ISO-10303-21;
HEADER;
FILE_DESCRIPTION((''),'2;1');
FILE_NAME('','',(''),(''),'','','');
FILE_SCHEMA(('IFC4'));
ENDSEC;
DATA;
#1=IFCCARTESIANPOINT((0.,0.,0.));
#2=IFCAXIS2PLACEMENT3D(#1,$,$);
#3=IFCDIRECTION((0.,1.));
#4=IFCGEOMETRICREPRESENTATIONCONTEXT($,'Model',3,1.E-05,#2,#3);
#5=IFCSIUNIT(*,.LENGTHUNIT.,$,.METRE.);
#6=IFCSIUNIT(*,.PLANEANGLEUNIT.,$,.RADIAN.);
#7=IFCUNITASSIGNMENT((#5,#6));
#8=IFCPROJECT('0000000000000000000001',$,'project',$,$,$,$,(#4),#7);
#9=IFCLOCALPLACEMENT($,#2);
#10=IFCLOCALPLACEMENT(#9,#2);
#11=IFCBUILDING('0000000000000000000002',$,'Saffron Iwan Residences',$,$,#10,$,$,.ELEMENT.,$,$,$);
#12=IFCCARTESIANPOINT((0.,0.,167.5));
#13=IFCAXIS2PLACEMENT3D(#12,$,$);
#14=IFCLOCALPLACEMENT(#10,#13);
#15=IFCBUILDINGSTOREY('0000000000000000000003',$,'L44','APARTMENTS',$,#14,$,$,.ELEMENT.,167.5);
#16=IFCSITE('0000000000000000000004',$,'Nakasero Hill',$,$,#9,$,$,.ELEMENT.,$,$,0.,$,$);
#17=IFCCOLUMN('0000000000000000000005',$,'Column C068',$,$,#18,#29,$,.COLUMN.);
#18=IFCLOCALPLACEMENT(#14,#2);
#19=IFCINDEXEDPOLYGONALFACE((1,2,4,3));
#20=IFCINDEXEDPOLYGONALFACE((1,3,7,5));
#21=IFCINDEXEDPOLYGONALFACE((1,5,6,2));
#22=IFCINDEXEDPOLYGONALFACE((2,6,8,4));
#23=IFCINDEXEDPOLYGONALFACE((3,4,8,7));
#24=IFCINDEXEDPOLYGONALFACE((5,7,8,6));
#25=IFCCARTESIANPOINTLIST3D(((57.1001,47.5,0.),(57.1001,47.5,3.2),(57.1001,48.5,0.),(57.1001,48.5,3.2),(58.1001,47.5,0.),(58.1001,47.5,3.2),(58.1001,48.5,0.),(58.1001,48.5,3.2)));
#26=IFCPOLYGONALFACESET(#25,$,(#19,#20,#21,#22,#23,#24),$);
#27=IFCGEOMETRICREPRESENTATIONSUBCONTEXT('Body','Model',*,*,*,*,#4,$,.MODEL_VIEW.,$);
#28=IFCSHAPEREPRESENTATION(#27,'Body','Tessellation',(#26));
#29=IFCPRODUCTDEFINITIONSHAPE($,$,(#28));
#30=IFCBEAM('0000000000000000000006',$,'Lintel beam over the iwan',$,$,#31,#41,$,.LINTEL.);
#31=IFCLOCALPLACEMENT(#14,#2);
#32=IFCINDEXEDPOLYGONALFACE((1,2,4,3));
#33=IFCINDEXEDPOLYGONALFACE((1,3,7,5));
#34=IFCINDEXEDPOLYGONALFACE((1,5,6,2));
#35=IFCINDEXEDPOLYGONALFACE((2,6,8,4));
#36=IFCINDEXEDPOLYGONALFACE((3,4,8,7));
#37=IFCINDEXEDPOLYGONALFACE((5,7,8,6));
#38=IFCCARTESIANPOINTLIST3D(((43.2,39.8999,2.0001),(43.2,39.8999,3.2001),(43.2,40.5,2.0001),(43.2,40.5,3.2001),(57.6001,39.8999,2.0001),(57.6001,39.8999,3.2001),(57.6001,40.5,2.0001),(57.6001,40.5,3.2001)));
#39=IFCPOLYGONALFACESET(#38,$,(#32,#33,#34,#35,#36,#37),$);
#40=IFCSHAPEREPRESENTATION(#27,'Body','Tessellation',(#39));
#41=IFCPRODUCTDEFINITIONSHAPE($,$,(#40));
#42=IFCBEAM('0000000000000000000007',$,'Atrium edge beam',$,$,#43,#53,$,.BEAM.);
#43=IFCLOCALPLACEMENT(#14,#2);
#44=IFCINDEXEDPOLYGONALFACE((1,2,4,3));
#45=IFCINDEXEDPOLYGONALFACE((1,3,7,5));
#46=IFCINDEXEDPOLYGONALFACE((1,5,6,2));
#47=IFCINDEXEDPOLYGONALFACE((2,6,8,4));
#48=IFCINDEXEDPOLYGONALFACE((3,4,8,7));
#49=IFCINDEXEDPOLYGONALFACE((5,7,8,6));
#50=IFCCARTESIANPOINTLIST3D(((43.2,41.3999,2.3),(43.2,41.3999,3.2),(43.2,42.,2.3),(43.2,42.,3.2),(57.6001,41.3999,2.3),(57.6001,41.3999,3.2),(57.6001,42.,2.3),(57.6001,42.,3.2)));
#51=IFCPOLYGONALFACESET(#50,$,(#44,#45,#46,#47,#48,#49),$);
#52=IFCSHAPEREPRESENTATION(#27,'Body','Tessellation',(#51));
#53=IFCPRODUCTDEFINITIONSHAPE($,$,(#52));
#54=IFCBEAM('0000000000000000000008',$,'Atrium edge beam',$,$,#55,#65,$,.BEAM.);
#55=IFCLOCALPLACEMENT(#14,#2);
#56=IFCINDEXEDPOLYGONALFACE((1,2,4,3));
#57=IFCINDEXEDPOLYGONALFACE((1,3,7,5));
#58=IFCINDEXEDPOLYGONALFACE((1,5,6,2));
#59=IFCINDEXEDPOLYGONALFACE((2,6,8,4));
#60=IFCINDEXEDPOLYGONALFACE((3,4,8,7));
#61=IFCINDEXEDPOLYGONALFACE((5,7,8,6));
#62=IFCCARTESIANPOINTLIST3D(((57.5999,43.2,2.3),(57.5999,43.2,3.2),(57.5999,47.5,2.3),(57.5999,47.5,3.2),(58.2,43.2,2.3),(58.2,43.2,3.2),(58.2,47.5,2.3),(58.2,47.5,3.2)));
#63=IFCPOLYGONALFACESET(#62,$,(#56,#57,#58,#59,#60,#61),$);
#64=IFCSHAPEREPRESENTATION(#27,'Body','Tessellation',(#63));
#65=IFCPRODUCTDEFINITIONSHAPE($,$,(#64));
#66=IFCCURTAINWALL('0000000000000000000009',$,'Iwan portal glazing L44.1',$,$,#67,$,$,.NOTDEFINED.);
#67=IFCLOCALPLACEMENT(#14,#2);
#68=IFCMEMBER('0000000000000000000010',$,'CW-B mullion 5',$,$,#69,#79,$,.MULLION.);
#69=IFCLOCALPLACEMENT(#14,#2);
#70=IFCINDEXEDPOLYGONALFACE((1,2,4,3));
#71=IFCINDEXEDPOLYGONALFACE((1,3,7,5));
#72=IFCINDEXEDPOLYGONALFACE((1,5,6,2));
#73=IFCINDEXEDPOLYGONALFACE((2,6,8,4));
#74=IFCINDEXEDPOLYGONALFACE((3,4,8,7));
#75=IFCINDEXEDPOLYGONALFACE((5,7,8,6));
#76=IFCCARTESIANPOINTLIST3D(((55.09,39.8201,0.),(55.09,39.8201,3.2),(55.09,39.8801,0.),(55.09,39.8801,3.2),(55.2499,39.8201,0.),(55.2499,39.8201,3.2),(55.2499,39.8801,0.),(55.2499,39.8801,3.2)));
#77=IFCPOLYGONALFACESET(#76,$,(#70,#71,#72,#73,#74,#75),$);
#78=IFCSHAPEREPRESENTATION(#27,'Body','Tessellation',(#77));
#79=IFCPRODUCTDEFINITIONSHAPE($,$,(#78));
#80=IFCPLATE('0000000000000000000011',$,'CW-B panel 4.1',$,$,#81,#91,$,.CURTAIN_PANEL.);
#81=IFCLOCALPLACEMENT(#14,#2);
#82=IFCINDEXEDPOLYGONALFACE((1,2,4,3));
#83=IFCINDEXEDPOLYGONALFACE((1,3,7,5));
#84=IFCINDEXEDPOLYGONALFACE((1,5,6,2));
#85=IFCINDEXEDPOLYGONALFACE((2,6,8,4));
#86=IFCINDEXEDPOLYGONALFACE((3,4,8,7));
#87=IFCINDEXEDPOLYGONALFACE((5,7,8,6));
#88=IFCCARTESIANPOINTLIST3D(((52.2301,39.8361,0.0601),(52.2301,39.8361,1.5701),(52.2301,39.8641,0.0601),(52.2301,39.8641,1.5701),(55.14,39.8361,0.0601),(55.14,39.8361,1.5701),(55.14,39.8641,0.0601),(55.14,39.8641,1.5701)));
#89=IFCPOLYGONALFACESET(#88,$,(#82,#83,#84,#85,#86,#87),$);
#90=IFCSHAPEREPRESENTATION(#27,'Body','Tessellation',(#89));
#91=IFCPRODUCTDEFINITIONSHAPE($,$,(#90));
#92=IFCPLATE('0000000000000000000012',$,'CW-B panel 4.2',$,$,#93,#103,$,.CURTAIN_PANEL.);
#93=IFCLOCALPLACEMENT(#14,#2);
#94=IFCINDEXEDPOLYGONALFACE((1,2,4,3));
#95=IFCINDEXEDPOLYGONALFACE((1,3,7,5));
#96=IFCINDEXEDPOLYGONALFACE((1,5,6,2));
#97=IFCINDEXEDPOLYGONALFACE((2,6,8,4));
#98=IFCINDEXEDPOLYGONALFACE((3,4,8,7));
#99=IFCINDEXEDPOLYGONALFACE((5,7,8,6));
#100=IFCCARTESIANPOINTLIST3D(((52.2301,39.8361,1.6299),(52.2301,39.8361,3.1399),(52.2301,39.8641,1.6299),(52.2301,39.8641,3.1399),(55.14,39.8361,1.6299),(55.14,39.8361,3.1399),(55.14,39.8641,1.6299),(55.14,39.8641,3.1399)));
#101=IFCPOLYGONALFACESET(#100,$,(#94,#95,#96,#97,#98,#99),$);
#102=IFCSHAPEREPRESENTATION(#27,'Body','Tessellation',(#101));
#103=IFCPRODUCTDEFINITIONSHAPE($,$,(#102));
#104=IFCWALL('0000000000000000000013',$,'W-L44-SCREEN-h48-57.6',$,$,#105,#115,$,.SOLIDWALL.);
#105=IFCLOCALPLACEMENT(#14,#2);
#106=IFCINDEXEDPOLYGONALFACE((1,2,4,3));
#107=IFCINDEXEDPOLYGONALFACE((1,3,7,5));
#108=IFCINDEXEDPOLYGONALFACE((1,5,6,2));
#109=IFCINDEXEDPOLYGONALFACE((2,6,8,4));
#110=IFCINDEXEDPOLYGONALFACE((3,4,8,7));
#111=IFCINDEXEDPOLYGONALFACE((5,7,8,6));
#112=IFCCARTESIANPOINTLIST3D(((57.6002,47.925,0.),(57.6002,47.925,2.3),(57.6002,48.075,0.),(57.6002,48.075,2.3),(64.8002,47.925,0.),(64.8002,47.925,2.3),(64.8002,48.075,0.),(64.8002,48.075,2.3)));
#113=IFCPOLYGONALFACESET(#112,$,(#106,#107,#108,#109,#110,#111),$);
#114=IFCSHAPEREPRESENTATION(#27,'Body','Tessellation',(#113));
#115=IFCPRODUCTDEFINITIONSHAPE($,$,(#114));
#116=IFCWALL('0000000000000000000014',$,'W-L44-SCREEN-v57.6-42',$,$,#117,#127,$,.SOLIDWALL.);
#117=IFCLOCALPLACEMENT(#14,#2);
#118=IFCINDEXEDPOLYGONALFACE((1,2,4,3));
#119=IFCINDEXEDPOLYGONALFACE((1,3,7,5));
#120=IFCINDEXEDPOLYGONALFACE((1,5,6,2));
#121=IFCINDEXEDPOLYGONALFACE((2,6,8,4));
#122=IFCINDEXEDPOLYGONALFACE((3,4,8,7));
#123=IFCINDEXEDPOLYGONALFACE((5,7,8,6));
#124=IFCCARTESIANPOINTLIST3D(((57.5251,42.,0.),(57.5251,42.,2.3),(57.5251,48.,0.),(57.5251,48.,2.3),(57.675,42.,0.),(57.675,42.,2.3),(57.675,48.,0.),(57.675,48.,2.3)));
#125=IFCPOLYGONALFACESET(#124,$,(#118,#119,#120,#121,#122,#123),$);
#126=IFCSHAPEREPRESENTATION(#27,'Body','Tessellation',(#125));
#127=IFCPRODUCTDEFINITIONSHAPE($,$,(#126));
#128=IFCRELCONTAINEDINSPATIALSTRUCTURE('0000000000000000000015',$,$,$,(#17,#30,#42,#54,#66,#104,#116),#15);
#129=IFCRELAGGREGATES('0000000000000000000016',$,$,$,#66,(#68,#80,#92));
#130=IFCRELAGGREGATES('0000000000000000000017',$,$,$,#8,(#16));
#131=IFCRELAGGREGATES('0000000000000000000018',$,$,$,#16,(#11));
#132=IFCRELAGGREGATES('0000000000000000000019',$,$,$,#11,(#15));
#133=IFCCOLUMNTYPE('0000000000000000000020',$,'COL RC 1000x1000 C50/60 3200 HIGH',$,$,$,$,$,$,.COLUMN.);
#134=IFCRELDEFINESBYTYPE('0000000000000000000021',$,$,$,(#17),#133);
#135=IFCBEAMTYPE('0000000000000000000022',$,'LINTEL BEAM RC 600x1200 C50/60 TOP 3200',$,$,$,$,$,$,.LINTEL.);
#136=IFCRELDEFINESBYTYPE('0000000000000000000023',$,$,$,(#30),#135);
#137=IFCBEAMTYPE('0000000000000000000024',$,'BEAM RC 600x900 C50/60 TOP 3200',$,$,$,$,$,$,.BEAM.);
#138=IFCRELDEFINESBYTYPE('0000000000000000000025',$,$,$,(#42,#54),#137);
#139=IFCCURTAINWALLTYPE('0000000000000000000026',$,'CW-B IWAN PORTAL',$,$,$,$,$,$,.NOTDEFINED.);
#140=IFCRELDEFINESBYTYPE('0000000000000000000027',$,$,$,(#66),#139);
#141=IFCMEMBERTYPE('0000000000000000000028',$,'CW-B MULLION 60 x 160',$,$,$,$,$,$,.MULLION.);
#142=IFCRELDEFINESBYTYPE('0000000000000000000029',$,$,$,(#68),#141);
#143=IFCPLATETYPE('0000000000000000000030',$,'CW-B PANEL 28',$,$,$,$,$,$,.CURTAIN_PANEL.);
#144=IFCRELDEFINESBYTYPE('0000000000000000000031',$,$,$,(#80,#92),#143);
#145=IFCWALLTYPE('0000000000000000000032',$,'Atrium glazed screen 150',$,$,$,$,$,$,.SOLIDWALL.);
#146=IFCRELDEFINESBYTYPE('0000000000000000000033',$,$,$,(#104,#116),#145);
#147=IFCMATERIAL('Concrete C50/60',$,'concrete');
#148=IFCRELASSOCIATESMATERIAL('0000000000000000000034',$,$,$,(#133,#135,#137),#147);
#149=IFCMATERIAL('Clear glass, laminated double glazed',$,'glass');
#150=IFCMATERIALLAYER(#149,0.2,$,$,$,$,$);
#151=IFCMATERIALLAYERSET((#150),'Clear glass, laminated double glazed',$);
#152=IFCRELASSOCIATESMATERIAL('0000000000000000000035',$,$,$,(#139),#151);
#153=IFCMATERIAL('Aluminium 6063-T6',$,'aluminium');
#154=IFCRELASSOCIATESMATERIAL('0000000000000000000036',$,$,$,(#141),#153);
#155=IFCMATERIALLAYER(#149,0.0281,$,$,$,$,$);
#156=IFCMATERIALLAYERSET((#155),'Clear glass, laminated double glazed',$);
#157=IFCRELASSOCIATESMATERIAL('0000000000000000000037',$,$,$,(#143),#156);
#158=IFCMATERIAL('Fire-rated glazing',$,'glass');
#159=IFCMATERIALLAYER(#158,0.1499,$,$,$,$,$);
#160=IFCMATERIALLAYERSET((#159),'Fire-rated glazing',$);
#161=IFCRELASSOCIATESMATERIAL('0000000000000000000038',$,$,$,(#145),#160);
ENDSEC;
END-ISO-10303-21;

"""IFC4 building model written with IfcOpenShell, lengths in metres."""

from ifc_helpers import new_model, si_unit, direction, frame, frame_2d, origin, origin_2d, place, context, subcontext, project, spatial, rectangle, extrude, source, transform, mapped, material, layer, layer_set, material_profile, profile_set, type_object, element, aggregate, save


model = new_model("IFC4")

# Units and contexts
model_context = context("Model", 3, precision=1e-05, world=origin(), true_north=direction((0.0, 1.0)))
body_context = subcontext(model_context, "Body", "Model", "MODEL_VIEW")
ifc_project = project(units=[si_unit("LENGTHUNIT", "METRE"), si_unit("PLANEANGLEUNIT", "RADIAN")], contexts=[model_context])

# Site, building, storey
site_placement = place(None, origin())
site = spatial("IfcSite", under=ifc_project, at=site_placement, Name="Nakasero Hill", CompositionType="ELEMENT", RefElevation=0.0)
building_placement = place(site_placement, origin())
building = spatial("IfcBuilding", under=site, at=building_placement, Name="Saffron Iwan Residences", CompositionType="ELEMENT")
storey_placement = place(building_placement, frame((0.0, 0.0, 167.5)))
storey = spatial("IfcBuildingStorey", under=building, at=storey_placement, Name="L44", Description="APARTMENTS", CompositionType="ELEMENT", Elevation=167.5)

# Column
ifc_material_1 = material(Name="Concrete C50/60", Category="concrete")
ifc_material_profile_1 = material_profile(ifc_material_1, rectangle(XDim=1.0, YDim=1.0, at=origin_2d()), Name="RC 1000x1000")
ifc_profile_set_1 = profile_set([ifc_material_profile_1], Name="Concrete C50/60")
column_type = type_object("IfcColumnType", Name="COL RC 1000x1000 C50/60 3200 HIGH", PredefinedType="COLUMN", material=ifc_profile_set_1)
shared_shape_1 = source(origin(), body_context, "Body", "SweptSolid", [
    extrude(rectangle(XDim=1.0, YDim=1.0, at=origin_2d()), origin(), (0.0, 0.0, 1.0), 3.2),
])
column_placement = place(storey_placement, frame((57.6001, 48.0, 0.0), z_axis=(0.0, 0.0, 1.0), x_axis=(1.0, 0.0, 0.0)))
element("IfcColumn", 1, at=column_placement, inside=storey, type_object=column_type, Name="Column C068", PredefinedType="COLUMN", context=body_context, shape_type="MappedRepresentation", body=[
    mapped(shared_shape_1, transform((0.0, 0.0, 0.0))),
])

# Beams
ifc_material_profile_2 = material_profile(ifc_material_1, rectangle(XDim=0.6001, YDim=1.2, at=origin_2d()), Name="RC 600x1200")
ifc_profile_set_2 = profile_set([ifc_material_profile_2], Name="Concrete C50/60")
beam_type_1 = type_object("IfcBeamType", Name="LINTEL BEAM RC 600x1200 C50/60 TOP 3200", PredefinedType="LINTEL", material=ifc_profile_set_2)
shared_shape_2 = source(origin(), body_context, "Body", "SweptSolid", [
    extrude(rectangle(XDim=0.6001, YDim=1.2, at=origin_2d()), origin(), (0.0, 0.0, 1.0), 14.4001),
])
beam_1_placement = place(storey_placement, frame((57.6001, 40.2, 2.6001), z_axis=(-1.0, 0.0, 0.0), x_axis=(0.0, -1.0, 0.0)))
element("IfcBeam", 2, at=beam_1_placement, inside=storey, type_object=beam_type_1, Name="Lintel beam over the iwan", PredefinedType="LINTEL", context=body_context, shape_type="MappedRepresentation", body=[
    mapped(shared_shape_2, transform((0.0, 0.0, 0.0))),
])
ifc_material_profile_3 = material_profile(ifc_material_1, rectangle(XDim=0.6001, YDim=0.8999, at=origin_2d()), Name="RC 600x900")
ifc_profile_set_3 = profile_set([ifc_material_profile_3], Name="Concrete C50/60")
beam_type_2 = type_object("IfcBeamType", Name="BEAM RC 600x900 C50/60 TOP 3200", PredefinedType="BEAM", material=ifc_profile_set_3)
shared_shape_3 = source(origin(), body_context, "Body", "SweptSolid", [
    extrude(rectangle(XDim=0.6001, YDim=0.8999, at=origin_2d()), origin(), (0.0, 0.0, 1.0), 14.4001),
])
beam_2_placement = place(storey_placement, frame((57.6001, 41.7, 2.75), z_axis=(-1.0, 0.0, 0.0), x_axis=(0.0, -1.0, 0.0)))
element("IfcBeam", 3, at=beam_2_placement, inside=storey, type_object=beam_type_2, Name="Atrium edge beam", PredefinedType="BEAM", context=body_context, shape_type="MappedRepresentation", body=[
    mapped(shared_shape_3, transform((0.0, 0.0, 0.0))),
])
shared_shape_4 = source(origin(), body_context, "Body", "SweptSolid", [
    extrude(rectangle(XDim=0.6001, YDim=0.8999, at=origin_2d()), origin(), (0.0, 0.0, 1.0), 4.3),
])
beam_3_placement = place(storey_placement, frame((57.8999, 47.5, 2.75), z_axis=(0.0, -1.0, 0.0), x_axis=(1.0, 0.0, 0.0)))
element("IfcBeam", 4, at=beam_3_placement, inside=storey, type_object=beam_type_2, Name="Atrium edge beam", PredefinedType="BEAM", context=body_context, shape_type="MappedRepresentation", body=[
    mapped(shared_shape_4, transform((0.0, 0.0, 0.0))),
])

# Curtain wall, member, plates
ifc_material_2 = material(Name="Clear glass, laminated double glazed", Category="glass")
ifc_layer_1 = layer(ifc_material_2, 0.2)
ifc_layer_set_1 = layer_set([ifc_layer_1], Name="Clear glass, laminated double glazed")
curtain_wall_type = type_object("IfcCurtainWallType", Name="CW-B IWAN PORTAL", PredefinedType="NOTDEFINED", material=ifc_layer_set_1)
curtain_wall_placement = place(storey_placement, origin())
curtain_wall = element("IfcCurtainWall", 5, at=curtain_wall_placement, inside=storey, type_object=curtain_wall_type, Name="Iwan portal glazing L44.1", PredefinedType="NOTDEFINED")
ifc_material_3 = material(Name="Aluminium 6063-T6", Category="aluminium")
ifc_material_profile_4 = material_profile(ifc_material_3, rectangle(XDim=0.0601, YDim=0.1599, at=origin_2d()), Name="CW-B MULLION 60 x 160")
ifc_profile_set_4 = profile_set([ifc_material_profile_4], Name="Aluminium 6063-T6")
member_type = type_object("IfcMemberType", Name="CW-B MULLION 60 x 160", PredefinedType="MULLION", material=ifc_profile_set_4)
shared_shape_5 = source(origin(), body_context, "Body", "SweptSolid", [
    extrude(rectangle(XDim=0.0601, YDim=0.1599, at=origin_2d()), origin(), (0.0, 0.0, 1.0), 3.2),
])
member_placement = place(storey_placement, frame((55.1699, 39.8501, 0.0), z_axis=(0.0, 0.0, 1.0), x_axis=(0.0, 1.0, 0.0)))
member = element("IfcMember", 6, at=member_placement, type_object=member_type, Name="CW-B mullion 5", PredefinedType="MULLION", context=body_context, shape_type="MappedRepresentation", body=[
    mapped(shared_shape_5, transform((0.0, 0.0, 0.0))),
])
ifc_layer_2 = layer(ifc_material_2, 0.0281)
ifc_layer_set_2 = layer_set([ifc_layer_2], Name="Clear glass, laminated double glazed")
plate_type = type_object("IfcPlateType", Name="CW-B PANEL 28", PredefinedType="CURTAIN_PANEL", material=ifc_layer_set_2)
shared_shape_6 = source(origin(), body_context, "Body", "SweptSolid", [
    extrude(rectangle(XDim=2.9099, YDim=0.0281, at=origin_2d()), origin(), (0.0, 0.0, 1.0), 1.51),
])
plate_1_placement = place(storey_placement, frame((53.6851, 39.8501, 0.0601), z_axis=(0.0, 0.0, 1.0), x_axis=(1.0, 0.0, 0.0)))
plate_1 = element("IfcPlate", 7, at=plate_1_placement, type_object=plate_type, Name="CW-B panel 4.1", PredefinedType="CURTAIN_PANEL", context=body_context, shape_type="MappedRepresentation", body=[
    mapped(shared_shape_6, transform((0.0, 0.0, 0.0))),
])
plate_2_placement = place(storey_placement, frame((53.6851, 39.8501, 1.6299), z_axis=(0.0, 0.0, 1.0), x_axis=(1.0, 0.0, 0.0)))
plate_2 = element("IfcPlate", 8, at=plate_2_placement, type_object=plate_type, Name="CW-B panel 4.2", PredefinedType="CURTAIN_PANEL", context=body_context, shape_type="MappedRepresentation", body=[
    mapped(shared_shape_6, transform((0.0, 0.0, 0.0))),
])
aggregate(curtain_wall, [member, plate_1, plate_2])

# Walls
ifc_material_4 = material(Name="Fire-rated glazing", Category="glass")
ifc_layer_3 = layer(ifc_material_4, 0.1499)
ifc_layer_set_3 = layer_set([ifc_layer_3], Name="Fire-rated glazing")
wall_type_1 = type_object("IfcWallType", Name="Atrium glazed screen 150", PredefinedType="SOLIDWALL", material=ifc_layer_set_3)
wall_1_placement = place(storey_placement, frame((57.6001, 48.0, 0.0), z_axis=(0.0, 0.0, 1.0), x_axis=(1.0, 0.0, 0.0)))
element("IfcWall", 9, at=wall_1_placement, inside=storey, type_object=wall_type_1, Name="W-L44-SCREEN-h48-57.6", PredefinedType="SOLIDWALL", context=body_context, shape_type="SweptSolid", body=[
    extrude(rectangle(XDim=7.2, YDim=0.1499, at=frame_2d((3.6001, 0.0))), origin(), (0.0, 0.0, 1.0), 2.3),
])
wall_2_placement = place(storey_placement, frame((57.6001, 42.0, 0.0), z_axis=(0.0, 0.0, 1.0), x_axis=(0.0, 1.0, 0.0)))
element("IfcWall", 10, at=wall_2_placement, inside=storey, type_object=wall_type_1, Name="W-L44-SCREEN-v57.6-42", PredefinedType="SOLIDWALL", context=body_context, shape_type="SweptSolid", body=[
    extrude(rectangle(XDim=6.0, YDim=0.1499, at=frame_2d((3.0, 0.0))), origin(), (0.0, 0.0, 1.0), 2.3),
])

save(model, "model.ifc")
